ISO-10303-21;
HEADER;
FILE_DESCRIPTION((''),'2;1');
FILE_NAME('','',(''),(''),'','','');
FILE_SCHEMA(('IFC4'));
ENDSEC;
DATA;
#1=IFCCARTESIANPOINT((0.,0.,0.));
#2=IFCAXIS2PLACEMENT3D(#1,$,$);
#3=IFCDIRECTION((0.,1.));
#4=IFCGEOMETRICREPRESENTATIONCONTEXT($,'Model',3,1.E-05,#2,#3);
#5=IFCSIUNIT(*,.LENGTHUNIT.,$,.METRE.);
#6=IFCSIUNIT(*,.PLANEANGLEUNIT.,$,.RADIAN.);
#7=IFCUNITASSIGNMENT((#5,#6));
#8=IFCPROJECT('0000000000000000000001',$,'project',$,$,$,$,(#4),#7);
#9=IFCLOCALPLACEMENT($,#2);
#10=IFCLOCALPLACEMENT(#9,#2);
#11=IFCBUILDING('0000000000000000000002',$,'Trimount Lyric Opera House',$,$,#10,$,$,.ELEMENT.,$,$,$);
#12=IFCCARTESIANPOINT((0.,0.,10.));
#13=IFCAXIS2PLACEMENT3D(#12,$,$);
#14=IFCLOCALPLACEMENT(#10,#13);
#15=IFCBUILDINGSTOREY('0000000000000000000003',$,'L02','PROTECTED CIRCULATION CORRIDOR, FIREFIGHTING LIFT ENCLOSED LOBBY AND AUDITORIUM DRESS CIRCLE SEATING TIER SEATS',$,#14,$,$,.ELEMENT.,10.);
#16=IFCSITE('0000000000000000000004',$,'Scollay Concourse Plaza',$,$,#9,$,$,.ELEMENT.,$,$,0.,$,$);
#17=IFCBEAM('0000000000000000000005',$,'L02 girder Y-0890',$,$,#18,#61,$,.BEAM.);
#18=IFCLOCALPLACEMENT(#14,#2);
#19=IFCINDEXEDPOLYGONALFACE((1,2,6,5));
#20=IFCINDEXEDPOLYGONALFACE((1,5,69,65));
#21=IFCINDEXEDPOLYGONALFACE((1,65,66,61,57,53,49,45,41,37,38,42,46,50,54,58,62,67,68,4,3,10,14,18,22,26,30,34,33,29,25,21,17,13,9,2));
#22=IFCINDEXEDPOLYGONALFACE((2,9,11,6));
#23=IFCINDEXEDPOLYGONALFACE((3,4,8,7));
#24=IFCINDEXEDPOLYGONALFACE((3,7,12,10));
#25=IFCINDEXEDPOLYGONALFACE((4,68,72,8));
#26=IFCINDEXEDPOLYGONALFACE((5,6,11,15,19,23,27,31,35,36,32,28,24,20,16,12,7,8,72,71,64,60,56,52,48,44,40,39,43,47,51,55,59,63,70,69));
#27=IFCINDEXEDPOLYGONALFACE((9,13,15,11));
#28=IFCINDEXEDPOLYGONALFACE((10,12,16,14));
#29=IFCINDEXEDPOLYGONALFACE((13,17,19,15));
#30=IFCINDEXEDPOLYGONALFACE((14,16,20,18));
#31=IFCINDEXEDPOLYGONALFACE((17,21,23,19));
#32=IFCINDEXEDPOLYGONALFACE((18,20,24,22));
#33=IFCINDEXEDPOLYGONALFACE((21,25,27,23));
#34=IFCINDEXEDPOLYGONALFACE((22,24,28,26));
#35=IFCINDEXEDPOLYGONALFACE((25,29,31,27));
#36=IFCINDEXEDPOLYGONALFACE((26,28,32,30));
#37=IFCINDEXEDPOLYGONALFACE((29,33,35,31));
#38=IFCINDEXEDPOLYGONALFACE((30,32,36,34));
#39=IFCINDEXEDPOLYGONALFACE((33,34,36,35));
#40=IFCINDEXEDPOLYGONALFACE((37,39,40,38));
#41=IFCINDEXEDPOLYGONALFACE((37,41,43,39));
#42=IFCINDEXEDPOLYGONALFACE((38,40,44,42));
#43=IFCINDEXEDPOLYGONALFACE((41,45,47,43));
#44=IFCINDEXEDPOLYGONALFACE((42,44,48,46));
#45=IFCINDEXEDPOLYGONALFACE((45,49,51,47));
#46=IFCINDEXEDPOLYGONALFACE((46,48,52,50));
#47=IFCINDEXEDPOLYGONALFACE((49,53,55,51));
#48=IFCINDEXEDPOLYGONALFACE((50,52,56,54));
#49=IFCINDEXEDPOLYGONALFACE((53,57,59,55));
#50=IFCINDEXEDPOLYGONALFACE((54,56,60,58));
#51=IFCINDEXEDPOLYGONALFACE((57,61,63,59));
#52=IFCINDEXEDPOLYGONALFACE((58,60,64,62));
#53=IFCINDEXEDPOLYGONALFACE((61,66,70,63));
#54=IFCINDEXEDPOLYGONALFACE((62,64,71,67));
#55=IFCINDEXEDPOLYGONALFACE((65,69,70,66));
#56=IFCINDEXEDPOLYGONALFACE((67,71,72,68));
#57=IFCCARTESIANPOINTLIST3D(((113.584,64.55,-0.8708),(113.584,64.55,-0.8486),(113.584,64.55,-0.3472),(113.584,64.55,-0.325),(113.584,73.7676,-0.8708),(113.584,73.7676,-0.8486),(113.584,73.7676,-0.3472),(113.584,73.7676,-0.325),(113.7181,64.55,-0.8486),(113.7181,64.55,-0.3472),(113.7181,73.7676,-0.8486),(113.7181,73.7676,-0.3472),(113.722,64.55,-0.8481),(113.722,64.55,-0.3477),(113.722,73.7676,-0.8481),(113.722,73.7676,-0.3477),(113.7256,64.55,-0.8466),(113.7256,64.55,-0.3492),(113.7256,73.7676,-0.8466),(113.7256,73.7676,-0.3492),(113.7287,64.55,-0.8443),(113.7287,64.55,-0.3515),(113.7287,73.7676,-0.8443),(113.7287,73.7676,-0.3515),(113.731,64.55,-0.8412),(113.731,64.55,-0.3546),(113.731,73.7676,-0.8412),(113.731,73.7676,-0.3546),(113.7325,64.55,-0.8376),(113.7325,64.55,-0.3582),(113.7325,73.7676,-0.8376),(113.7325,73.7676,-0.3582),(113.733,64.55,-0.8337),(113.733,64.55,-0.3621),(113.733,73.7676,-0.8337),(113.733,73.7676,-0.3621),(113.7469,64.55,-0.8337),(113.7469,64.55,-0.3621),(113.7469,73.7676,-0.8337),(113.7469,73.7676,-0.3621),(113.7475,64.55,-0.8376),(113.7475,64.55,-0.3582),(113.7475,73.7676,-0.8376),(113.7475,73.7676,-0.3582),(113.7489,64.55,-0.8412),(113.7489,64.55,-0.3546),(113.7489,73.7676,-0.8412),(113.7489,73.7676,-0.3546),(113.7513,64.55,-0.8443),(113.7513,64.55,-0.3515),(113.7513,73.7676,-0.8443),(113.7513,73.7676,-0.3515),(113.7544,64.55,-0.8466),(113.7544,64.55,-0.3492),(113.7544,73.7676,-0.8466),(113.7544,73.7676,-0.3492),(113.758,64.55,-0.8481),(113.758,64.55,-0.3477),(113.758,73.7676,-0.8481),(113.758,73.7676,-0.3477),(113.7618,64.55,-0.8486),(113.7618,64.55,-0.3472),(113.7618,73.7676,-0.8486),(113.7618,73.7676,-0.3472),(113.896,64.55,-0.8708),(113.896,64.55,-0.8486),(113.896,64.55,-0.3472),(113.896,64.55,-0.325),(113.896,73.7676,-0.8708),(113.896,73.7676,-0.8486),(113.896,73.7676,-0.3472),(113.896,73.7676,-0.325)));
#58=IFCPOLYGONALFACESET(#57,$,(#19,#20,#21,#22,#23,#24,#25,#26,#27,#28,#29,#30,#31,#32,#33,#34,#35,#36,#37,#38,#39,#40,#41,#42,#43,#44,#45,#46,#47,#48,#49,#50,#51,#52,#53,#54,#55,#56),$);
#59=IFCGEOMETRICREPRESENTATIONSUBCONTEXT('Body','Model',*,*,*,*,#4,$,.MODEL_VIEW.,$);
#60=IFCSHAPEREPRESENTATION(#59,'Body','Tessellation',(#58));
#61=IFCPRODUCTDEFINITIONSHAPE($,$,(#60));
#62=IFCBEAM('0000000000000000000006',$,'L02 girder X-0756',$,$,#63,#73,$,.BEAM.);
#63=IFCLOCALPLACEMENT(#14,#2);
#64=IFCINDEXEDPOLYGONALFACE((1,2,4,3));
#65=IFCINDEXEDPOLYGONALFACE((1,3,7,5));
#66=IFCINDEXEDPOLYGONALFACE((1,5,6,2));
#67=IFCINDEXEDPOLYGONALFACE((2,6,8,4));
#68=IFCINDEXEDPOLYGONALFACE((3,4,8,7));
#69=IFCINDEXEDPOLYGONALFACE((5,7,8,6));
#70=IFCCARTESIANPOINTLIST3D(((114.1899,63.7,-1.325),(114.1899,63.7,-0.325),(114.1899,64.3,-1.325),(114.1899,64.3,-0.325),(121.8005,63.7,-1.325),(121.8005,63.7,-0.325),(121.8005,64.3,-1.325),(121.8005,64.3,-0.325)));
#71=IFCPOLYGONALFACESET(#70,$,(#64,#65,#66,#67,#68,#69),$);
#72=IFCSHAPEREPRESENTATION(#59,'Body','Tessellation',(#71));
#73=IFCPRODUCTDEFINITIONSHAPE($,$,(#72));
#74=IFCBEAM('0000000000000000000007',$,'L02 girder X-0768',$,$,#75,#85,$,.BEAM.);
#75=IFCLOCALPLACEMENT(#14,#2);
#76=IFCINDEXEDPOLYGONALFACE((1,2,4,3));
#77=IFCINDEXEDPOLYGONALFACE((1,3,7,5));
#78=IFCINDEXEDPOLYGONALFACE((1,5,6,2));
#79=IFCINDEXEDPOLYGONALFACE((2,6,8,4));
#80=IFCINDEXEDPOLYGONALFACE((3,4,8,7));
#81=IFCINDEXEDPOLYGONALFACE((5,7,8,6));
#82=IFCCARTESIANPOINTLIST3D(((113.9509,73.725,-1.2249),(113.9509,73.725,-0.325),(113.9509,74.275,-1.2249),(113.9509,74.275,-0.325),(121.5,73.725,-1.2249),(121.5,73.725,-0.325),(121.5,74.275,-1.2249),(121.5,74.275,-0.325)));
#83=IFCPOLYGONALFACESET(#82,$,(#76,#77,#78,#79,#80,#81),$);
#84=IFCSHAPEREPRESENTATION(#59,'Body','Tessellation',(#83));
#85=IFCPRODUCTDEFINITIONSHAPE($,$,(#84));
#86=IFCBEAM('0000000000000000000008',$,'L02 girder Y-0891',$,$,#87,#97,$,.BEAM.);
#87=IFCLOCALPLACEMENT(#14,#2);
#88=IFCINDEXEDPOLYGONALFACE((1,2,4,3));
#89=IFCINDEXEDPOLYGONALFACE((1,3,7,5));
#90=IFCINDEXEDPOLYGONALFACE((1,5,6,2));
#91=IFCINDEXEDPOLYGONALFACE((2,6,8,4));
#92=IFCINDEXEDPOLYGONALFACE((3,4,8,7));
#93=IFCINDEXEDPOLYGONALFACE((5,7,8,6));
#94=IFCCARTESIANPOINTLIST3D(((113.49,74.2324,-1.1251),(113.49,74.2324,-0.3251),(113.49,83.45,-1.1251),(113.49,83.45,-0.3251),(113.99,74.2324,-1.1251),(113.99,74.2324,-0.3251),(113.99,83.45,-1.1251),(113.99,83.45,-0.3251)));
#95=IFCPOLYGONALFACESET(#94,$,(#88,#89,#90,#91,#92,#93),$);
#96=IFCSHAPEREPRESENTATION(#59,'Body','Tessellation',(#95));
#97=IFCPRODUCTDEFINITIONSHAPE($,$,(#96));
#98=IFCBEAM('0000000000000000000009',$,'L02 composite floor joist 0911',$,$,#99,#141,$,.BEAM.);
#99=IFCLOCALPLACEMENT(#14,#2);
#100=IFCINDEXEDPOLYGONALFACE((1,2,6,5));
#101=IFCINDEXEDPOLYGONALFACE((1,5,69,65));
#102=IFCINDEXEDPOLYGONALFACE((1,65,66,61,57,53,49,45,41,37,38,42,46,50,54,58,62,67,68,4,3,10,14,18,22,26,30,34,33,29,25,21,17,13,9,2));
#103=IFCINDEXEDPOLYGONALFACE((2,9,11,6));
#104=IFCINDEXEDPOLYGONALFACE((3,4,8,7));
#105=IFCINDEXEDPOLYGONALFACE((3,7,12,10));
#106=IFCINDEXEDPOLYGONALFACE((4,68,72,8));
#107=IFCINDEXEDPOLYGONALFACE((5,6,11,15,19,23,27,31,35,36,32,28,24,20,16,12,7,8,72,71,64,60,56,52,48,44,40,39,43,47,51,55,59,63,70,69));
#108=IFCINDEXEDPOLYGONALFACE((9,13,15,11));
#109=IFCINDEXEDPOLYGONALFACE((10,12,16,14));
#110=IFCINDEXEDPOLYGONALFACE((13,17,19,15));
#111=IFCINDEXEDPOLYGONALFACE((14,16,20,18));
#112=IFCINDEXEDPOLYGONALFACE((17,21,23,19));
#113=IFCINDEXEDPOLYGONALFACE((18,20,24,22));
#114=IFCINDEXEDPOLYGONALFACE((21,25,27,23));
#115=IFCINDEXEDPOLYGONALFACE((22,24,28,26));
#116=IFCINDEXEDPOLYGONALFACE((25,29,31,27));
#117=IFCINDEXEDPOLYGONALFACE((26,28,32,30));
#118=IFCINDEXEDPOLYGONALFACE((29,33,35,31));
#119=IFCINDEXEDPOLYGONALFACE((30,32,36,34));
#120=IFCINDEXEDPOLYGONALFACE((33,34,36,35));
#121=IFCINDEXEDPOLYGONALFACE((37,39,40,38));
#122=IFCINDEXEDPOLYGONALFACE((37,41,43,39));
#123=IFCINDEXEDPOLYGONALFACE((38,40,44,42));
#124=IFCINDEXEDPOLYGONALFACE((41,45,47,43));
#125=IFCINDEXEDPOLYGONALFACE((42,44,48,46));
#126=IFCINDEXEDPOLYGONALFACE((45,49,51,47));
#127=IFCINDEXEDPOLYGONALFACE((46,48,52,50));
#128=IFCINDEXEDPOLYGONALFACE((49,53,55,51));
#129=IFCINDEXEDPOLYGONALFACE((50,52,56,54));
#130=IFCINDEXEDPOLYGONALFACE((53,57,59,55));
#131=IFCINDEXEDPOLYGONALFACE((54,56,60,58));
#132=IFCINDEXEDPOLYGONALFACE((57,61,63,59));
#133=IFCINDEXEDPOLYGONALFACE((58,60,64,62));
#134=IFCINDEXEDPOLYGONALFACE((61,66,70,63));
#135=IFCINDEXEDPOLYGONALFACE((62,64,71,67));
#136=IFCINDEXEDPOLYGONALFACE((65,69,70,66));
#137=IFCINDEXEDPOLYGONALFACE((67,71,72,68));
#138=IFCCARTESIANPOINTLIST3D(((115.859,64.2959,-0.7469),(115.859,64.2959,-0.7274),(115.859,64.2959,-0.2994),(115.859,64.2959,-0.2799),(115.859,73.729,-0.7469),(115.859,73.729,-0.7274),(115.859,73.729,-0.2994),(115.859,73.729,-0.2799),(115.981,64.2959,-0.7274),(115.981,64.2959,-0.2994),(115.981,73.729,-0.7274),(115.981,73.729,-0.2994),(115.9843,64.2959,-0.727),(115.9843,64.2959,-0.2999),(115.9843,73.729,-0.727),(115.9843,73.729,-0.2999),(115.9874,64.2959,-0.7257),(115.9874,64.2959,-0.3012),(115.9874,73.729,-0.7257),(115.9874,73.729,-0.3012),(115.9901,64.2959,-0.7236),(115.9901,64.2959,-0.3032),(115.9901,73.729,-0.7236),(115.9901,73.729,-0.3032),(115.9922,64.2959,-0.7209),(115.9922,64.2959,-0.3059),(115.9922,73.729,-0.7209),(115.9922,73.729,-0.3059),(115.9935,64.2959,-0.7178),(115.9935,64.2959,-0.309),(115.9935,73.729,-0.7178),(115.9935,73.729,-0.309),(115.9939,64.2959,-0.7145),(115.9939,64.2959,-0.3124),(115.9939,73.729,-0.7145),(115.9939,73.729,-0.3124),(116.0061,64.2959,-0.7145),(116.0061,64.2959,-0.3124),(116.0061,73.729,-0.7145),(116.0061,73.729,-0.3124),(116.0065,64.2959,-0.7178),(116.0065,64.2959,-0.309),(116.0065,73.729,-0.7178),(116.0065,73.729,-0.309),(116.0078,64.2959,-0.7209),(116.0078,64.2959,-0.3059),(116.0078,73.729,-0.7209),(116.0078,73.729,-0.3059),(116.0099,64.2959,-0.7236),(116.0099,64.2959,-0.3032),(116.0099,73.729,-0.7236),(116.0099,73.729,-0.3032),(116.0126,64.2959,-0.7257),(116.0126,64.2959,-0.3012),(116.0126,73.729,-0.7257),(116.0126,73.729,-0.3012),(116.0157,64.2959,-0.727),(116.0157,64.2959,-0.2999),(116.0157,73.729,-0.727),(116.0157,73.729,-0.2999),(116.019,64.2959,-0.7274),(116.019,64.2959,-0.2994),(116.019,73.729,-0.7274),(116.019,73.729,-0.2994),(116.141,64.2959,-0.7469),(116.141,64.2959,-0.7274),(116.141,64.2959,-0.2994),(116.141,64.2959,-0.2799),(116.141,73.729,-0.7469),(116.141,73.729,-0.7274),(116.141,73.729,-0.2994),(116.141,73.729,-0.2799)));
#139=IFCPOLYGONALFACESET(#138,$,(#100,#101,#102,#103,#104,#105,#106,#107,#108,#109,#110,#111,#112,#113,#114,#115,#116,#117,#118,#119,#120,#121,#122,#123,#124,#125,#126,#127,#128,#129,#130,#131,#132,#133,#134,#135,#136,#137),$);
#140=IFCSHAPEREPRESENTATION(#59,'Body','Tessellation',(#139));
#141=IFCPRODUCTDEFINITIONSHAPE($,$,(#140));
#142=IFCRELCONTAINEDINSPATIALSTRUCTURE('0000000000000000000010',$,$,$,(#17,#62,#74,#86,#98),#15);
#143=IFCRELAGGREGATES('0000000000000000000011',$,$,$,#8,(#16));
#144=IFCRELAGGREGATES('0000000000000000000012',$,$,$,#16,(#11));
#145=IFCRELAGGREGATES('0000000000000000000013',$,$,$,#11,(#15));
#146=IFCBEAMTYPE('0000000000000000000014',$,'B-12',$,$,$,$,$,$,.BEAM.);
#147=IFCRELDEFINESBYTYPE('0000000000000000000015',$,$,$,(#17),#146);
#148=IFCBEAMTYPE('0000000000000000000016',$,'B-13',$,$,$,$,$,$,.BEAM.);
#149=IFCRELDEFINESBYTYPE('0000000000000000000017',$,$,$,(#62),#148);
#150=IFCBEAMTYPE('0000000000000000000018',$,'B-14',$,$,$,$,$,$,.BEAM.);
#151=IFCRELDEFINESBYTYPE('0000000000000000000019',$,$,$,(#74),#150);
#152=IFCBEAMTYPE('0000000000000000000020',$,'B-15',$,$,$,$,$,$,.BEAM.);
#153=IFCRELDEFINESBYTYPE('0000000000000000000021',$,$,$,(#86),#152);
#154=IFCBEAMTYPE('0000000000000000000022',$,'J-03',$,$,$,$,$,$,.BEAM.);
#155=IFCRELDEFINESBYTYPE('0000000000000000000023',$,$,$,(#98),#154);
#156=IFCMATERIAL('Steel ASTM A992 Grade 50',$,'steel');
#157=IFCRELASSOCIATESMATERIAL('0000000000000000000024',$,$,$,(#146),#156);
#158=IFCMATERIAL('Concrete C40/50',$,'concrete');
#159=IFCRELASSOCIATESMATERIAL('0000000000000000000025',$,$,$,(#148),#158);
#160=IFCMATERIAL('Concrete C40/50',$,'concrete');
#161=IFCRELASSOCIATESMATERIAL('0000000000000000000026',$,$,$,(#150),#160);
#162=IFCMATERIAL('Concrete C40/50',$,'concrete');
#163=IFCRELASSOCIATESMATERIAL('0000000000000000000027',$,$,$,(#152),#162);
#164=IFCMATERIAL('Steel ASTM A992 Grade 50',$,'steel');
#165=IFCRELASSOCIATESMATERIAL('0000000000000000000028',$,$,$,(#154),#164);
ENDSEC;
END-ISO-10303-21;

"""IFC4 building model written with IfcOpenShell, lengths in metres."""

from ifc_helpers import new_model, si_unit, direction, frame, origin, origin_2d, place, context, subcontext, project, spatial, rectangle, i_section, extrude, material, material_profile, profile_set, type_object, element, save


model = new_model("IFC4")

# Units and contexts
model_context = context("Model", 3, precision=1e-05, world=origin(), true_north=direction((0.0, 1.0)))
body_context = subcontext(model_context, "Body", "Model", "MODEL_VIEW")
ifc_project = project(units=[si_unit("LENGTHUNIT", "METRE"), si_unit("PLANEANGLEUNIT", "RADIAN")], contexts=[model_context])

# Site, building, storey
site_placement = place(None, origin())
site = spatial("IfcSite", under=ifc_project, at=site_placement, Name="Scollay Concourse Plaza", CompositionType="ELEMENT", RefElevation=0.0)
building_placement = place(site_placement, origin())
building = spatial("IfcBuilding", under=site, at=building_placement, Name="Trimount Lyric Opera House", CompositionType="ELEMENT")
storey_placement = place(building_placement, frame((0.0, 0.0, 10.0)))
storey = spatial("IfcBuildingStorey", under=building, at=storey_placement, Name="L02", Description="PROTECTED CIRCULATION CORRIDOR, FIREFIGHTING LIFT ENCLOSED LOBBY AND AUDITORIUM DRESS CIRCLE SEATING TIER SEATS", CompositionType="ELEMENT", Elevation=10.0)

# Beams
ifc_material_1 = material(Name="Steel ASTM A992 Grade 50", Category="steel")
ifc_material_profile_1 = material_profile(ifc_material_1, i_section(OverallWidth=0.312, OverallDepth=0.5459, WebThickness=0.0139, FlangeThickness=0.0222, FilletRadius=0.0149, at=origin_2d()), Name="W21X111")
ifc_profile_set_1 = profile_set([ifc_material_profile_1], Name="Steel ASTM A992 Grade 50")
beam_type_1 = type_object("IfcBeamType", Name="B-12", PredefinedType="BEAM", material=ifc_profile_set_1)
beam_1_placement = place(storey_placement, frame((113.74, 64.55, -0.5979), z_axis=(0.0, 1.0, 0.0), x_axis=(-1.0, 0.0, 0.0)))
element("IfcBeam", 1, at=beam_1_placement, inside=storey, type_object=beam_type_1, Name="L02 girder Y-0890", PredefinedType="BEAM", context=body_context, shape_type="SweptSolid", body=[
    extrude(i_section(OverallWidth=0.312, OverallDepth=0.5459, WebThickness=0.0139, FlangeThickness=0.0222, FilletRadius=0.0149, at=origin_2d()), origin(), (0.0, 0.0, 1.0), 9.2175),
])
ifc_material_2 = material(Name="Concrete C40/50", Category="concrete")
ifc_material_profile_2 = material_profile(ifc_material_2, rectangle(XDim=0.6001, YDim=1.0, at=origin_2d()), Name="RC600X1000")
ifc_profile_set_2 = profile_set([ifc_material_profile_2], Name="Concrete C40/50")
beam_type_2 = type_object("IfcBeamType", Name="B-13", PredefinedType="BEAM", material=ifc_profile_set_2)
beam_2_placement = place(storey_placement, frame((114.1899, 64.0, -0.825), z_axis=(1.0, 0.0, 0.0), x_axis=(0.0, 1.0, 0.0)))
element("IfcBeam", 2, at=beam_2_placement, inside=storey, type_object=beam_type_2, Name="L02 girder X-0756", PredefinedType="BEAM", context=body_context, shape_type="SweptSolid", body=[
    extrude(rectangle(XDim=0.6001, YDim=1.0, at=origin_2d()), origin(), (0.0, 0.0, 1.0), 7.6106),
])
ifc_material_3 = material(Name="Concrete C40/50", Category="concrete")
ifc_material_profile_3 = material_profile(ifc_material_3, rectangle(XDim=0.55, YDim=0.8999, at=origin_2d()), Name="RC550X900")
ifc_profile_set_3 = profile_set([ifc_material_profile_3], Name="Concrete C40/50")
beam_type_3 = type_object("IfcBeamType", Name="B-14", PredefinedType="BEAM", material=ifc_profile_set_3)
beam_3_placement = place(storey_placement, frame((113.9509, 74.0, -0.7749), z_axis=(1.0, 0.0, 0.0), x_axis=(0.0, 1.0, 0.0)))
element("IfcBeam", 3, at=beam_3_placement, inside=storey, type_object=beam_type_3, Name="L02 girder X-0768", PredefinedType="BEAM", context=body_context, shape_type="SweptSolid", body=[
    extrude(rectangle(XDim=0.55, YDim=0.8999, at=origin_2d()), origin(), (0.0, 0.0, 1.0), 7.5491),
])
ifc_material_4 = material(Name="Concrete C40/50", Category="concrete")
ifc_material_profile_4 = material_profile(ifc_material_4, rectangle(XDim=0.5, YDim=0.8, at=origin_2d()), Name="RC500X800")
ifc_profile_set_4 = profile_set([ifc_material_profile_4], Name="Concrete C40/50")
beam_type_4 = type_object("IfcBeamType", Name="B-15", PredefinedType="BEAM", material=ifc_profile_set_4)
beam_4_placement = place(storey_placement, frame((113.74, 74.2324, -0.7251), z_axis=(0.0, 1.0, 0.0), x_axis=(-1.0, 0.0, 0.0)))
element("IfcBeam", 4, at=beam_4_placement, inside=storey, type_object=beam_type_4, Name="L02 girder Y-0891", PredefinedType="BEAM", context=body_context, shape_type="SweptSolid", body=[
    extrude(rectangle(XDim=0.5, YDim=0.8, at=origin_2d()), origin(), (0.0, 0.0, 1.0), 9.2175),
])
ifc_material_5 = material(Name="Steel ASTM A992 Grade 50", Category="steel")
ifc_material_profile_5 = material_profile(ifc_material_5, i_section(OverallWidth=0.282, OverallDepth=0.467, WebThickness=0.0122, FlangeThickness=0.0195, FilletRadius=0.0129, at=origin_2d()), Name="W18X86")
ifc_profile_set_5 = profile_set([ifc_material_profile_5], Name="Steel ASTM A992 Grade 50")
beam_type_5 = type_object("IfcBeamType", Name="J-03", PredefinedType="BEAM", material=ifc_profile_set_5)
beam_5_placement = place(storey_placement, frame((116.0, 64.2959, -0.5134), z_axis=(0.0, 1.0, 0.0), x_axis=(-1.0, 0.0, 0.0)))
element("IfcBeam", 5, at=beam_5_placement, inside=storey, type_object=beam_type_5, Name="L02 composite floor joist 0911", PredefinedType="BEAM", context=body_context, shape_type="SweptSolid", body=[
    extrude(i_section(OverallWidth=0.282, OverallDepth=0.467, WebThickness=0.0122, FlangeThickness=0.0195, FilletRadius=0.0129, at=origin_2d()), origin(), (0.0, 0.0, 1.0), 9.4331),
])

save(model, "model.ifc")
